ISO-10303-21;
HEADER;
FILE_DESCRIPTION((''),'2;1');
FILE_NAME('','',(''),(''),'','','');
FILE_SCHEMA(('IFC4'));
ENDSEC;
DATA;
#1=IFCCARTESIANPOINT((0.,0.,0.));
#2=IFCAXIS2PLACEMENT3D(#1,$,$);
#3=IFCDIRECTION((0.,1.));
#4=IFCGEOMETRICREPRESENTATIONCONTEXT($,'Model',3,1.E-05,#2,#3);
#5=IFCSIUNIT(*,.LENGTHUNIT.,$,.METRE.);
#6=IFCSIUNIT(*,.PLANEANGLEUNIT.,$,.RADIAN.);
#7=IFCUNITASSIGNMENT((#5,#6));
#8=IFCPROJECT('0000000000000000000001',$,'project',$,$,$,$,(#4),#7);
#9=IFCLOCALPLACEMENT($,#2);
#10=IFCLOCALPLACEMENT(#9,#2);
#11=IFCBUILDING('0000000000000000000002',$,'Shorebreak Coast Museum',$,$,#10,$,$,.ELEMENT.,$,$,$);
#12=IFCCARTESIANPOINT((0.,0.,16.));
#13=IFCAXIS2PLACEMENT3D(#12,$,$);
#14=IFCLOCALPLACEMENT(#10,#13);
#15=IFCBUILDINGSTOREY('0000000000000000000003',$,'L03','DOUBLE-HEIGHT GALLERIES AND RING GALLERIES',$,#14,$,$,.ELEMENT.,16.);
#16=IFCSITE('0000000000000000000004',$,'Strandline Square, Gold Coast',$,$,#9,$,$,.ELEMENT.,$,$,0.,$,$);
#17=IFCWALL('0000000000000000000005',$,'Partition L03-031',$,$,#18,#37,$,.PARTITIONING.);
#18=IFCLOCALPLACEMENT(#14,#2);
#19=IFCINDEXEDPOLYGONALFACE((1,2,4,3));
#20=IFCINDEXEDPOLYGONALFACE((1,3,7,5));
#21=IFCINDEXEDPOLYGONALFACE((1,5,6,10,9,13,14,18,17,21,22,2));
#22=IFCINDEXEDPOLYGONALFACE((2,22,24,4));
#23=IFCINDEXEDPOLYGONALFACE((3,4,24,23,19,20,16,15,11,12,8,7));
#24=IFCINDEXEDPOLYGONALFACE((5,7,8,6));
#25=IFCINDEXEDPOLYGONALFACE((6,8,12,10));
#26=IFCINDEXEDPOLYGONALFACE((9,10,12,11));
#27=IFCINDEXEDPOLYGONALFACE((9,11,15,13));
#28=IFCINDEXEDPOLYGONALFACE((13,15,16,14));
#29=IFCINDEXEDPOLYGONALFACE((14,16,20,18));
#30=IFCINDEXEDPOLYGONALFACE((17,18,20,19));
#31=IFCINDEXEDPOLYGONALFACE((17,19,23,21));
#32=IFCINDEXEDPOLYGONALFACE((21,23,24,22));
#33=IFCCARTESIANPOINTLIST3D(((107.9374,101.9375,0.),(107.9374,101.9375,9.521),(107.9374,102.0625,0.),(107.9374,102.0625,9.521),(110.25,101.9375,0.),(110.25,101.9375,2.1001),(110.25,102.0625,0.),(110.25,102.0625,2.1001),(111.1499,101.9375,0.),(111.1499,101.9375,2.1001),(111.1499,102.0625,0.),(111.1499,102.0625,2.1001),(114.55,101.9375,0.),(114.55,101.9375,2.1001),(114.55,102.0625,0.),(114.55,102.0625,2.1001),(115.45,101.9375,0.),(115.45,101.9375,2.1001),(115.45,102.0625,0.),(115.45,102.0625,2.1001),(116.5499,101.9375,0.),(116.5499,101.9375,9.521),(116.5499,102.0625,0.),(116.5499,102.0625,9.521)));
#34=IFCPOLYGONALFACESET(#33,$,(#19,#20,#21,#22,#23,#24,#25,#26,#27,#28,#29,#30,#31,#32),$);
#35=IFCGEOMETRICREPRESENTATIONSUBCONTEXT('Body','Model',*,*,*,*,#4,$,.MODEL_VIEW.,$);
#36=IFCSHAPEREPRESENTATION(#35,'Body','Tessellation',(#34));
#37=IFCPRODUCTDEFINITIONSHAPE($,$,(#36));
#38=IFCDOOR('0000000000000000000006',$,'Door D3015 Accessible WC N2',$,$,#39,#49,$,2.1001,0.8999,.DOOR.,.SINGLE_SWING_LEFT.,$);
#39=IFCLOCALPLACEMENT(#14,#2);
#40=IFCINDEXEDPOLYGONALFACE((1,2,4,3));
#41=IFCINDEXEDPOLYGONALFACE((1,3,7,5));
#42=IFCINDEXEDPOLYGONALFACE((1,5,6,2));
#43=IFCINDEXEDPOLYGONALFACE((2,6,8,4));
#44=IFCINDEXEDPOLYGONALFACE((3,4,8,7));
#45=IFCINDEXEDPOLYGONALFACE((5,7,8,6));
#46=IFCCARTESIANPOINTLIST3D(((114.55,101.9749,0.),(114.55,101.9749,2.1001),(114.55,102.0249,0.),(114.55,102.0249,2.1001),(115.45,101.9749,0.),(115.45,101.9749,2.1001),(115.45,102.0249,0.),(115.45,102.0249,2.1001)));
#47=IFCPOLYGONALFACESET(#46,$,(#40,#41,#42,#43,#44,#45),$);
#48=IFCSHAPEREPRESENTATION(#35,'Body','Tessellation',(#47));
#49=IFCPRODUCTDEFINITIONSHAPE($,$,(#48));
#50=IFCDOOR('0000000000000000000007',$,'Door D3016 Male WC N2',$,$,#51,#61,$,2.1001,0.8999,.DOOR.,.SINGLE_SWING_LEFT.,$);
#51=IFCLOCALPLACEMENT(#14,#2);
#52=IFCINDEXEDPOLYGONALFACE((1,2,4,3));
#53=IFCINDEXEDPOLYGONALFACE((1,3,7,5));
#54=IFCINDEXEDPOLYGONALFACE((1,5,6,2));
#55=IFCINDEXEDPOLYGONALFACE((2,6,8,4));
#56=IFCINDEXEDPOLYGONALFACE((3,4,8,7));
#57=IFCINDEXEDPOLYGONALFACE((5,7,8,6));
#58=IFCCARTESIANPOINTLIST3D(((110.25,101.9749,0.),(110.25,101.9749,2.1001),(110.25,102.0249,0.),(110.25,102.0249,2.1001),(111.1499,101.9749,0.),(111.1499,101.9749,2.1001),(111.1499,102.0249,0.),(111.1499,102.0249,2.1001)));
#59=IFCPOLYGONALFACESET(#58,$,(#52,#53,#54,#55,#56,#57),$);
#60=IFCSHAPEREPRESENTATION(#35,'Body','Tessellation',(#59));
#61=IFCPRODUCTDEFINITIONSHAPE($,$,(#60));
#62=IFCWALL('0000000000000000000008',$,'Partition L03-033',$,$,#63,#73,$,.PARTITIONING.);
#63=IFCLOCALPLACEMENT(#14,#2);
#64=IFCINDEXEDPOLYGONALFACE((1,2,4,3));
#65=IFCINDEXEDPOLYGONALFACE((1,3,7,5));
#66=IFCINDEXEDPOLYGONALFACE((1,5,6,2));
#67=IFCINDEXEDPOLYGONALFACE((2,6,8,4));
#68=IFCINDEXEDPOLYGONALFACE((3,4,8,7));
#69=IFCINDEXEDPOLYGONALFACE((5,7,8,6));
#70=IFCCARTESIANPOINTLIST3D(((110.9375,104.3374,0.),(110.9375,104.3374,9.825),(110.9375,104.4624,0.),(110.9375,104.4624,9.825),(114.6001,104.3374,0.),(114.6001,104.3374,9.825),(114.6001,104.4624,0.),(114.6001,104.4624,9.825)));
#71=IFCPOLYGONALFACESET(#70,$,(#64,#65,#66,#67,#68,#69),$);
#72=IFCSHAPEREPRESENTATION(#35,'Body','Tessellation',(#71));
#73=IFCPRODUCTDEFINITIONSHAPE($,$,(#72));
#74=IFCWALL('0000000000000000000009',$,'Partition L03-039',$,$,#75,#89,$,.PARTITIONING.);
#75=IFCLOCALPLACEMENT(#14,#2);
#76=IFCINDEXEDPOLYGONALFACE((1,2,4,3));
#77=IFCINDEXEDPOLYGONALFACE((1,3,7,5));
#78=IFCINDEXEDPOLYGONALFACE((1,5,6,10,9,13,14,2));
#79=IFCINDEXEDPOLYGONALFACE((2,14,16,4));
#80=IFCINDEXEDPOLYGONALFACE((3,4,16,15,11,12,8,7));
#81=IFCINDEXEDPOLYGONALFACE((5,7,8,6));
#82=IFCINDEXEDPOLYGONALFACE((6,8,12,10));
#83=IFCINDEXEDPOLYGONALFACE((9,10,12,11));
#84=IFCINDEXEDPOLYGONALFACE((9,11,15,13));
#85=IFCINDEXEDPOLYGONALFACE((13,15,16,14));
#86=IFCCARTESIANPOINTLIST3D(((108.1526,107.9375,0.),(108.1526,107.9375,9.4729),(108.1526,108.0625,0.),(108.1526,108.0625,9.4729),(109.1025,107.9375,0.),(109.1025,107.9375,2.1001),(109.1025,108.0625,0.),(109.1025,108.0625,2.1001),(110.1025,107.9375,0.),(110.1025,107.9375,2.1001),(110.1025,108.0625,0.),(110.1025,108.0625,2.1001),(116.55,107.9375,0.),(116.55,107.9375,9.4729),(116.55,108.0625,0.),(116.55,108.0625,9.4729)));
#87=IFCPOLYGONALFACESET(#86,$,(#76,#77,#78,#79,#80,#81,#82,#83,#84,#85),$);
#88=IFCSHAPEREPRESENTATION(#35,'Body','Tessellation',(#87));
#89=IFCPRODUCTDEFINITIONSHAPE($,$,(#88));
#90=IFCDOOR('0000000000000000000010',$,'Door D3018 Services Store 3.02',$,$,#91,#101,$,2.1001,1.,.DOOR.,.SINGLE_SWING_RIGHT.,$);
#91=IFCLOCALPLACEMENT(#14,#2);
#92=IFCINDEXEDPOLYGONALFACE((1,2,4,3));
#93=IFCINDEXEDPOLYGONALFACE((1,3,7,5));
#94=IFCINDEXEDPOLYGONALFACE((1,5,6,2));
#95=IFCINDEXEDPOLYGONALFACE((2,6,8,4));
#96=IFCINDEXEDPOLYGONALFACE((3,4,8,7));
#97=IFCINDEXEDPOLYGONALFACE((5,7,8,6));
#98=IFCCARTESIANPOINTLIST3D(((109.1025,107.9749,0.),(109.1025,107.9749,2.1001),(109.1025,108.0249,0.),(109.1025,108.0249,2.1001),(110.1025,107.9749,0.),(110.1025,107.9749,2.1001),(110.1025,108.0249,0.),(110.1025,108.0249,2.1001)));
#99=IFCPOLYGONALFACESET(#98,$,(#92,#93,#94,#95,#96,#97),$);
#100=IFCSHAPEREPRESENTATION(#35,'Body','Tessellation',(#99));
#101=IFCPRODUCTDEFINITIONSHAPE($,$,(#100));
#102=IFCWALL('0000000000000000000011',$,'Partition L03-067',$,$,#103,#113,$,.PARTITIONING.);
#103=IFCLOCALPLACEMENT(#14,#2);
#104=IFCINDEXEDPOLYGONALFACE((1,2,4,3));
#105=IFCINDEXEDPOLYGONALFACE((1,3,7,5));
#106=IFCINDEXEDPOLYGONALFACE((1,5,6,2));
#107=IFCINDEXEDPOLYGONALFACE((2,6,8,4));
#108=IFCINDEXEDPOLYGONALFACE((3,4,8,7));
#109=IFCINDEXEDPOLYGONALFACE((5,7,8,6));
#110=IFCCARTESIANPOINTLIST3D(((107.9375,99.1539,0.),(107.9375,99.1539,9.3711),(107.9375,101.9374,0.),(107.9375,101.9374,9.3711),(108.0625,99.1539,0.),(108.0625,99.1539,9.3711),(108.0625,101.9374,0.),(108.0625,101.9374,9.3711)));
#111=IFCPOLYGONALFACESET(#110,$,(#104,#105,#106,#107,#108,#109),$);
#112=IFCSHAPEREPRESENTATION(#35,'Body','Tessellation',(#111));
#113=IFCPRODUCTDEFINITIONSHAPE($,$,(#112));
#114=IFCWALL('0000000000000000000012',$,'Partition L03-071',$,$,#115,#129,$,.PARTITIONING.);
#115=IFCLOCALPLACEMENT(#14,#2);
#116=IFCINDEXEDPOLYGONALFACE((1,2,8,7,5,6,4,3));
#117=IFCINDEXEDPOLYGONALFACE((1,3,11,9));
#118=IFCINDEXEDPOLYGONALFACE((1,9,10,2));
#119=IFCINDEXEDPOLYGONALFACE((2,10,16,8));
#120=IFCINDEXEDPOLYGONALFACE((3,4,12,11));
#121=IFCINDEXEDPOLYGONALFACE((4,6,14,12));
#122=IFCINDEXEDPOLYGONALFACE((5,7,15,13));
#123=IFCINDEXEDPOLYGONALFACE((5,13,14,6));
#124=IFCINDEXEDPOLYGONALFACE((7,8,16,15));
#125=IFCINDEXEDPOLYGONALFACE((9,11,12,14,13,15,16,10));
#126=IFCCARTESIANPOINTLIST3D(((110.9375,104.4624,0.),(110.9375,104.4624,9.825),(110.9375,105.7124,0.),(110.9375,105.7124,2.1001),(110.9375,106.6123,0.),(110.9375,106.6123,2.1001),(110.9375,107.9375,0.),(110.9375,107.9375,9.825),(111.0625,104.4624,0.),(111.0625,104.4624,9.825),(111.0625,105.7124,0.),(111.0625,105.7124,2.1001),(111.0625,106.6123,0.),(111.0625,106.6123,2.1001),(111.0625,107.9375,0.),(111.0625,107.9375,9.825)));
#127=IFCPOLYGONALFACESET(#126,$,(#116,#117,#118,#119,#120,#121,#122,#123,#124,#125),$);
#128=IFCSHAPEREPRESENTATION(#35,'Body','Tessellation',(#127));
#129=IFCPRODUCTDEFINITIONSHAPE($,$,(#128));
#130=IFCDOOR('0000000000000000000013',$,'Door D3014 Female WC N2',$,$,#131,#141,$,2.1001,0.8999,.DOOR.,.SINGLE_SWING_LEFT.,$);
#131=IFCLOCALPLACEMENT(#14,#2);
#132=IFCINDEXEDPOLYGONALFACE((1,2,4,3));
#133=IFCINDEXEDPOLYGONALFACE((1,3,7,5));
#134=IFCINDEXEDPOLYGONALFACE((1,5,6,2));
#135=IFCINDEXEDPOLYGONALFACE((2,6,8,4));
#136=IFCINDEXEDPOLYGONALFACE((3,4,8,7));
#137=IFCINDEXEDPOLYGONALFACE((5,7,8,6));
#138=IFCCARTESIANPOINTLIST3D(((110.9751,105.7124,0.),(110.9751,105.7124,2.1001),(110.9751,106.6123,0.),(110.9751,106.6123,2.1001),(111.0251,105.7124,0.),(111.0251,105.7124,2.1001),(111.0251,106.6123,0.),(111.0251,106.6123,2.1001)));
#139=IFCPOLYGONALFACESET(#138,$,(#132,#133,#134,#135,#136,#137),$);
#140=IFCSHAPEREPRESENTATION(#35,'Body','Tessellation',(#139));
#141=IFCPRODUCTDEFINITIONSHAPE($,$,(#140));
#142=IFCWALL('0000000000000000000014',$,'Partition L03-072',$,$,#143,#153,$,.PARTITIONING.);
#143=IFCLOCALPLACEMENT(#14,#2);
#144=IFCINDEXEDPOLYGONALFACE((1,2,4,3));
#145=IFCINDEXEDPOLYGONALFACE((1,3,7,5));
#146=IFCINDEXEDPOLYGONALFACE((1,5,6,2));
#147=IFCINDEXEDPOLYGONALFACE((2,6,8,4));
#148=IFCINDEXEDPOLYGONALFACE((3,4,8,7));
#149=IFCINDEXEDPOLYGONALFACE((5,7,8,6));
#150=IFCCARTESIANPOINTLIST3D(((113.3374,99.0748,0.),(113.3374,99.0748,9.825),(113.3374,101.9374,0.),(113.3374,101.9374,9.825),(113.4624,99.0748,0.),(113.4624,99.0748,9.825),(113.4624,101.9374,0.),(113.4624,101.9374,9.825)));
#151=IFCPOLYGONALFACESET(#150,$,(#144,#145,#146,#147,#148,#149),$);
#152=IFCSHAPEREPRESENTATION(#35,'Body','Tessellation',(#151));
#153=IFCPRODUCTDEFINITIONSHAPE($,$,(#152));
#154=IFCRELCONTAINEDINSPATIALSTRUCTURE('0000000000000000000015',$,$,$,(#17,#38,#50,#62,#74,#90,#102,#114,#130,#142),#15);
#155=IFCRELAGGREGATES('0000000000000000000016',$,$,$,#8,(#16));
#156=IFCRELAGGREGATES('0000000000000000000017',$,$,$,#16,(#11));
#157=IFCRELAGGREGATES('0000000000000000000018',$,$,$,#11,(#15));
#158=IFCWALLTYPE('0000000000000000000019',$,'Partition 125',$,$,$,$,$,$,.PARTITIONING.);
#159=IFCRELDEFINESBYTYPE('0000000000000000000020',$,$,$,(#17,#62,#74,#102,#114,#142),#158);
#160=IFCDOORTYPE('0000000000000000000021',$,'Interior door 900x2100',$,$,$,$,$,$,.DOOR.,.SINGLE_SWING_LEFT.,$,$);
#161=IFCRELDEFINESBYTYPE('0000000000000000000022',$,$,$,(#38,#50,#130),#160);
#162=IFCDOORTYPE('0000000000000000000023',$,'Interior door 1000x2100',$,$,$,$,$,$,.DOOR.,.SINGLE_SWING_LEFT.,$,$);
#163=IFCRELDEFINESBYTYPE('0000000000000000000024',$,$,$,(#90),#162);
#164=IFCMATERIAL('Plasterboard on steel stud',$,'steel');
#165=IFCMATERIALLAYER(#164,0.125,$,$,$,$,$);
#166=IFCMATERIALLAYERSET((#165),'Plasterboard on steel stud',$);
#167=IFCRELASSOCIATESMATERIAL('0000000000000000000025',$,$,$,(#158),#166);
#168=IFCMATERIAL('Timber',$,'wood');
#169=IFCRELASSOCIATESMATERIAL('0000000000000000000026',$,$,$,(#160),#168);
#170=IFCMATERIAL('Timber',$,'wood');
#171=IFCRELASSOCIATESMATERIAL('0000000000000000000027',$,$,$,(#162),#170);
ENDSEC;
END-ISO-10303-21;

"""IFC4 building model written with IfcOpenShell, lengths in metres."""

from ifc_helpers import new_model, si_unit, direction, frame, frame_2d, origin, place, context, subcontext, project, spatial, rectangle, extrude, material, layer, layer_set, type_object, element, fill, save


model = new_model("IFC4")

# Units and contexts
model_context = context("Model", 3, precision=1e-05, world=origin(), true_north=direction((0.0, 1.0)))
body_context = subcontext(model_context, "Body", "Model", "MODEL_VIEW")
ifc_project = project(units=[si_unit("LENGTHUNIT", "METRE"), si_unit("PLANEANGLEUNIT", "RADIAN")], contexts=[model_context])

# Site, building, storey
site_placement = place(None, origin())
site = spatial("IfcSite", under=ifc_project, at=site_placement, Name="Strandline Square, Gold Coast", CompositionType="ELEMENT", RefElevation=0.0)
building_placement = place(site_placement, origin())
building = spatial("IfcBuilding", under=site, at=building_placement, Name="Shorebreak Coast Museum", CompositionType="ELEMENT")
storey_placement = place(building_placement, frame((0.0, 0.0, 16.0)))
storey = spatial("IfcBuildingStorey", under=building, at=storey_placement, Name="L03", Description="DOUBLE-HEIGHT GALLERIES AND RING GALLERIES", CompositionType="ELEMENT", Elevation=16.0)

# Wall, openings, doors
ifc_material_1 = material(Name="Plasterboard on steel stud", Category="steel")
ifc_layer_1 = layer(ifc_material_1, 0.125)
ifc_layer_set_1 = layer_set([ifc_layer_1], Name="Plasterboard on steel stud")
wall_type_1 = type_object("IfcWallType", Name="Partition 125", PredefinedType="PARTITIONING", material=ifc_layer_set_1)
wall_1_placement = place(storey_placement, frame((107.9375, 102.0, 0.0), z_axis=(0.0, 0.0, 1.0), x_axis=(1.0, 0.0, 0.0)))
wall_1 = element("IfcWall", 1, at=wall_1_placement, inside=storey, type_object=wall_type_1, Name="Partition L03-031", PredefinedType="PARTITIONING", context=body_context, shape_type="SweptSolid", body=[
    extrude(rectangle(XDim=8.6125, YDim=0.125, at=frame_2d((4.3062, 0.0))), origin(), (0.0, 0.0, 1.0), 9.521),
])
opening_1_placement = place(wall_1_placement, frame((6.6125, 0.0, 0.0)))
opening_1 = element("IfcOpeningElement", 2, at=opening_1_placement, cuts=wall_1, PredefinedType="OPENING", context=body_context, shape_type="SweptSolid", body=[
    extrude(rectangle(XDim=0.8999, YDim=2.1001, at=frame_2d((0.45, 1.05))), frame((0.0, 0.0725, 0.0), z_axis=(0.0, -1.0, 0.0), x_axis=(1.0, 0.0, 0.0)), (0.0, 0.0, 1.0), 0.145),
])
opening_2_placement = place(wall_1_placement, frame((2.3125, 0.0, 0.0)))
opening_2 = element("IfcOpeningElement", 3, at=opening_2_placement, cuts=wall_1, PredefinedType="OPENING", context=body_context, shape_type="SweptSolid", body=[
    extrude(rectangle(XDim=0.8999, YDim=2.1001, at=frame_2d((0.45, 1.05))), frame((0.0, 0.0725, 0.0), z_axis=(0.0, -1.0, 0.0), x_axis=(1.0, 0.0, 0.0)), (0.0, 0.0, 1.0), 0.145),
])
ifc_material_2 = material(Name="Timber", Category="wood")
door_type_1 = type_object("IfcDoorType", Name="Interior door 900x2100", OperationType="SINGLE_SWING_LEFT", PredefinedType="DOOR", material=ifc_material_2)
door_1_placement = place(opening_1_placement, origin())
door_1 = element("IfcDoor", 4, at=door_1_placement, inside=storey, type_object=door_type_1, Name="Door D3015 Accessible WC N2", OperationType="SINGLE_SWING_LEFT", OverallHeight=2.1001, OverallWidth=0.8999, PredefinedType="DOOR", context=body_context, shape_type="SweptSolid", body=[
    extrude(rectangle(XDim=0.8999, YDim=2.1001, at=frame_2d((0.45, 1.05))), frame((0.0, 0.0249, 0.0), z_axis=(0.0, -1.0, 0.0), x_axis=(1.0, 0.0, 0.0)), (0.0, 0.0, 1.0), 0.05),
])
fill(opening_1, door_1)
door_2_placement = place(opening_2_placement, origin())
door_2 = element("IfcDoor", 5, at=door_2_placement, inside=storey, type_object=door_type_1, Name="Door D3016 Male WC N2", OperationType="SINGLE_SWING_LEFT", OverallHeight=2.1001, OverallWidth=0.8999, PredefinedType="DOOR", context=body_context, shape_type="SweptSolid", body=[
    extrude(rectangle(XDim=0.8999, YDim=2.1001, at=frame_2d((0.45, 1.05))), frame((0.0, 0.0249, 0.0), z_axis=(0.0, -1.0, 0.0), x_axis=(1.0, 0.0, 0.0)), (0.0, 0.0, 1.0), 0.05),
])
fill(opening_2, door_2)

# Wall
wall_2_placement = place(storey_placement, frame((110.9375, 104.3999, 0.0), z_axis=(0.0, 0.0, 1.0), x_axis=(1.0, 0.0, 0.0)))
element("IfcWall", 6, at=wall_2_placement, inside=storey, type_object=wall_type_1, Name="Partition L03-033", PredefinedType="PARTITIONING", context=body_context, shape_type="SweptSolid", body=[
    extrude(rectangle(XDim=3.6626, YDim=0.125, at=frame_2d((1.8313, 0.0))), origin(), (0.0, 0.0, 1.0), 9.825),
])

# Wall, opening, door
wall_3_placement = place(storey_placement, frame((108.1526, 108.0, 0.0), z_axis=(0.0, 0.0, 1.0), x_axis=(1.0, 0.0, 0.0)))
wall_3 = element("IfcWall", 7, at=wall_3_placement, inside=storey, type_object=wall_type_1, Name="Partition L03-039", PredefinedType="PARTITIONING", context=body_context, shape_type="SweptSolid", body=[
    extrude(rectangle(XDim=8.3975, YDim=0.125, at=frame_2d((4.1987, 0.0))), origin(), (0.0, 0.0, 1.0), 9.4729),
])
opening_3_placement = place(wall_3_placement, frame((0.95, 0.0, 0.0)))
opening_3 = element("IfcOpeningElement", 8, at=opening_3_placement, cuts=wall_3, PredefinedType="OPENING", context=body_context, shape_type="SweptSolid", body=[
    extrude(rectangle(XDim=1.0, YDim=2.1001, at=frame_2d((0.5, 1.05))), frame((0.0, 0.0725, 0.0), z_axis=(0.0, -1.0, 0.0), x_axis=(1.0, 0.0, 0.0)), (0.0, 0.0, 1.0), 0.145),
])
ifc_material_3 = material(Name="Timber", Category="wood")
door_type_2 = type_object("IfcDoorType", Name="Interior door 1000x2100", OperationType="SINGLE_SWING_LEFT", PredefinedType="DOOR", material=ifc_material_3)
door_3_placement = place(opening_3_placement, origin())
door_3 = element("IfcDoor", 9, at=door_3_placement, inside=storey, type_object=door_type_2, Name="Door D3018 Services Store 3.02", OperationType="SINGLE_SWING_RIGHT", OverallHeight=2.1001, OverallWidth=1.0, PredefinedType="DOOR", context=body_context, shape_type="SweptSolid", body=[
    extrude(rectangle(XDim=1.0, YDim=2.1001, at=frame_2d((0.5, 1.05))), frame((0.0, 0.0249, 0.0), z_axis=(0.0, -1.0, 0.0), x_axis=(1.0, 0.0, 0.0)), (0.0, 0.0, 1.0), 0.05),
])
fill(opening_3, door_3)

# Wall
wall_4_placement = place(storey_placement, frame((108.0, 99.1541, 0.0), z_axis=(0.0, 0.0, 1.0), x_axis=(0.0, 1.0, 0.0)))
element("IfcWall", 10, at=wall_4_placement, inside=storey, type_object=wall_type_1, Name="Partition L03-067", PredefinedType="PARTITIONING", context=body_context, shape_type="SweptSolid", body=[
    extrude(rectangle(XDim=2.7834, YDim=0.125, at=frame_2d((1.3916, 0.0))), origin(), (0.0, 0.0, 1.0), 9.3711),
])

# Wall, opening, door
wall_5_placement = place(storey_placement, frame((111.0, 104.4624, 0.0), z_axis=(0.0, 0.0, 1.0), x_axis=(0.0, 1.0, 0.0)))
wall_5 = element("IfcWall", 11, at=wall_5_placement, inside=storey, type_object=wall_type_1, Name="Partition L03-071", PredefinedType="PARTITIONING", context=body_context, shape_type="SweptSolid", body=[
    extrude(rectangle(XDim=3.4751, YDim=0.125, at=frame_2d((1.7375, 0.0))), origin(), (0.0, 0.0, 1.0), 9.825),
])
opening_4_placement = place(wall_5_placement, frame((1.25, 0.0, 0.0)))
opening_4 = element("IfcOpeningElement", 12, at=opening_4_placement, cuts=wall_5, PredefinedType="OPENING", context=body_context, shape_type="SweptSolid", body=[
    extrude(rectangle(XDim=0.8999, YDim=2.1001, at=frame_2d((0.45, 1.05))), frame((0.0, 0.0725, 0.0), z_axis=(0.0, -1.0, 0.0), x_axis=(1.0, 0.0, 0.0)), (0.0, 0.0, 1.0), 0.145),
])
door_4_placement = place(opening_4_placement, origin())
door_4 = element("IfcDoor", 13, at=door_4_placement, inside=storey, type_object=door_type_1, Name="Door D3014 Female WC N2", OperationType="SINGLE_SWING_LEFT", OverallHeight=2.1001, OverallWidth=0.8999, PredefinedType="DOOR", context=body_context, shape_type="SweptSolid", body=[
    extrude(rectangle(XDim=0.8999, YDim=2.1001, at=frame_2d((0.45, 1.05))), frame((0.0, 0.0249, 0.0), z_axis=(0.0, -1.0, 0.0), x_axis=(1.0, 0.0, 0.0)), (0.0, 0.0, 1.0), 0.05),
])
fill(opening_4, door_4)

# Wall
wall_6_placement = place(storey_placement, frame((113.3999, 99.075, 0.0), z_axis=(0.0, 0.0, 1.0), x_axis=(0.0, 1.0, 0.0)))
element("IfcWall", 14, at=wall_6_placement, inside=storey, type_object=wall_type_1, Name="Partition L03-072", PredefinedType="PARTITIONING", context=body_context, shape_type="SweptSolid", body=[
    extrude(rectangle(XDim=2.8625, YDim=0.125, at=frame_2d((1.4312, 0.0))), origin(), (0.0, 0.0, 1.0), 9.825),
])

save(model, "model.ifc")
